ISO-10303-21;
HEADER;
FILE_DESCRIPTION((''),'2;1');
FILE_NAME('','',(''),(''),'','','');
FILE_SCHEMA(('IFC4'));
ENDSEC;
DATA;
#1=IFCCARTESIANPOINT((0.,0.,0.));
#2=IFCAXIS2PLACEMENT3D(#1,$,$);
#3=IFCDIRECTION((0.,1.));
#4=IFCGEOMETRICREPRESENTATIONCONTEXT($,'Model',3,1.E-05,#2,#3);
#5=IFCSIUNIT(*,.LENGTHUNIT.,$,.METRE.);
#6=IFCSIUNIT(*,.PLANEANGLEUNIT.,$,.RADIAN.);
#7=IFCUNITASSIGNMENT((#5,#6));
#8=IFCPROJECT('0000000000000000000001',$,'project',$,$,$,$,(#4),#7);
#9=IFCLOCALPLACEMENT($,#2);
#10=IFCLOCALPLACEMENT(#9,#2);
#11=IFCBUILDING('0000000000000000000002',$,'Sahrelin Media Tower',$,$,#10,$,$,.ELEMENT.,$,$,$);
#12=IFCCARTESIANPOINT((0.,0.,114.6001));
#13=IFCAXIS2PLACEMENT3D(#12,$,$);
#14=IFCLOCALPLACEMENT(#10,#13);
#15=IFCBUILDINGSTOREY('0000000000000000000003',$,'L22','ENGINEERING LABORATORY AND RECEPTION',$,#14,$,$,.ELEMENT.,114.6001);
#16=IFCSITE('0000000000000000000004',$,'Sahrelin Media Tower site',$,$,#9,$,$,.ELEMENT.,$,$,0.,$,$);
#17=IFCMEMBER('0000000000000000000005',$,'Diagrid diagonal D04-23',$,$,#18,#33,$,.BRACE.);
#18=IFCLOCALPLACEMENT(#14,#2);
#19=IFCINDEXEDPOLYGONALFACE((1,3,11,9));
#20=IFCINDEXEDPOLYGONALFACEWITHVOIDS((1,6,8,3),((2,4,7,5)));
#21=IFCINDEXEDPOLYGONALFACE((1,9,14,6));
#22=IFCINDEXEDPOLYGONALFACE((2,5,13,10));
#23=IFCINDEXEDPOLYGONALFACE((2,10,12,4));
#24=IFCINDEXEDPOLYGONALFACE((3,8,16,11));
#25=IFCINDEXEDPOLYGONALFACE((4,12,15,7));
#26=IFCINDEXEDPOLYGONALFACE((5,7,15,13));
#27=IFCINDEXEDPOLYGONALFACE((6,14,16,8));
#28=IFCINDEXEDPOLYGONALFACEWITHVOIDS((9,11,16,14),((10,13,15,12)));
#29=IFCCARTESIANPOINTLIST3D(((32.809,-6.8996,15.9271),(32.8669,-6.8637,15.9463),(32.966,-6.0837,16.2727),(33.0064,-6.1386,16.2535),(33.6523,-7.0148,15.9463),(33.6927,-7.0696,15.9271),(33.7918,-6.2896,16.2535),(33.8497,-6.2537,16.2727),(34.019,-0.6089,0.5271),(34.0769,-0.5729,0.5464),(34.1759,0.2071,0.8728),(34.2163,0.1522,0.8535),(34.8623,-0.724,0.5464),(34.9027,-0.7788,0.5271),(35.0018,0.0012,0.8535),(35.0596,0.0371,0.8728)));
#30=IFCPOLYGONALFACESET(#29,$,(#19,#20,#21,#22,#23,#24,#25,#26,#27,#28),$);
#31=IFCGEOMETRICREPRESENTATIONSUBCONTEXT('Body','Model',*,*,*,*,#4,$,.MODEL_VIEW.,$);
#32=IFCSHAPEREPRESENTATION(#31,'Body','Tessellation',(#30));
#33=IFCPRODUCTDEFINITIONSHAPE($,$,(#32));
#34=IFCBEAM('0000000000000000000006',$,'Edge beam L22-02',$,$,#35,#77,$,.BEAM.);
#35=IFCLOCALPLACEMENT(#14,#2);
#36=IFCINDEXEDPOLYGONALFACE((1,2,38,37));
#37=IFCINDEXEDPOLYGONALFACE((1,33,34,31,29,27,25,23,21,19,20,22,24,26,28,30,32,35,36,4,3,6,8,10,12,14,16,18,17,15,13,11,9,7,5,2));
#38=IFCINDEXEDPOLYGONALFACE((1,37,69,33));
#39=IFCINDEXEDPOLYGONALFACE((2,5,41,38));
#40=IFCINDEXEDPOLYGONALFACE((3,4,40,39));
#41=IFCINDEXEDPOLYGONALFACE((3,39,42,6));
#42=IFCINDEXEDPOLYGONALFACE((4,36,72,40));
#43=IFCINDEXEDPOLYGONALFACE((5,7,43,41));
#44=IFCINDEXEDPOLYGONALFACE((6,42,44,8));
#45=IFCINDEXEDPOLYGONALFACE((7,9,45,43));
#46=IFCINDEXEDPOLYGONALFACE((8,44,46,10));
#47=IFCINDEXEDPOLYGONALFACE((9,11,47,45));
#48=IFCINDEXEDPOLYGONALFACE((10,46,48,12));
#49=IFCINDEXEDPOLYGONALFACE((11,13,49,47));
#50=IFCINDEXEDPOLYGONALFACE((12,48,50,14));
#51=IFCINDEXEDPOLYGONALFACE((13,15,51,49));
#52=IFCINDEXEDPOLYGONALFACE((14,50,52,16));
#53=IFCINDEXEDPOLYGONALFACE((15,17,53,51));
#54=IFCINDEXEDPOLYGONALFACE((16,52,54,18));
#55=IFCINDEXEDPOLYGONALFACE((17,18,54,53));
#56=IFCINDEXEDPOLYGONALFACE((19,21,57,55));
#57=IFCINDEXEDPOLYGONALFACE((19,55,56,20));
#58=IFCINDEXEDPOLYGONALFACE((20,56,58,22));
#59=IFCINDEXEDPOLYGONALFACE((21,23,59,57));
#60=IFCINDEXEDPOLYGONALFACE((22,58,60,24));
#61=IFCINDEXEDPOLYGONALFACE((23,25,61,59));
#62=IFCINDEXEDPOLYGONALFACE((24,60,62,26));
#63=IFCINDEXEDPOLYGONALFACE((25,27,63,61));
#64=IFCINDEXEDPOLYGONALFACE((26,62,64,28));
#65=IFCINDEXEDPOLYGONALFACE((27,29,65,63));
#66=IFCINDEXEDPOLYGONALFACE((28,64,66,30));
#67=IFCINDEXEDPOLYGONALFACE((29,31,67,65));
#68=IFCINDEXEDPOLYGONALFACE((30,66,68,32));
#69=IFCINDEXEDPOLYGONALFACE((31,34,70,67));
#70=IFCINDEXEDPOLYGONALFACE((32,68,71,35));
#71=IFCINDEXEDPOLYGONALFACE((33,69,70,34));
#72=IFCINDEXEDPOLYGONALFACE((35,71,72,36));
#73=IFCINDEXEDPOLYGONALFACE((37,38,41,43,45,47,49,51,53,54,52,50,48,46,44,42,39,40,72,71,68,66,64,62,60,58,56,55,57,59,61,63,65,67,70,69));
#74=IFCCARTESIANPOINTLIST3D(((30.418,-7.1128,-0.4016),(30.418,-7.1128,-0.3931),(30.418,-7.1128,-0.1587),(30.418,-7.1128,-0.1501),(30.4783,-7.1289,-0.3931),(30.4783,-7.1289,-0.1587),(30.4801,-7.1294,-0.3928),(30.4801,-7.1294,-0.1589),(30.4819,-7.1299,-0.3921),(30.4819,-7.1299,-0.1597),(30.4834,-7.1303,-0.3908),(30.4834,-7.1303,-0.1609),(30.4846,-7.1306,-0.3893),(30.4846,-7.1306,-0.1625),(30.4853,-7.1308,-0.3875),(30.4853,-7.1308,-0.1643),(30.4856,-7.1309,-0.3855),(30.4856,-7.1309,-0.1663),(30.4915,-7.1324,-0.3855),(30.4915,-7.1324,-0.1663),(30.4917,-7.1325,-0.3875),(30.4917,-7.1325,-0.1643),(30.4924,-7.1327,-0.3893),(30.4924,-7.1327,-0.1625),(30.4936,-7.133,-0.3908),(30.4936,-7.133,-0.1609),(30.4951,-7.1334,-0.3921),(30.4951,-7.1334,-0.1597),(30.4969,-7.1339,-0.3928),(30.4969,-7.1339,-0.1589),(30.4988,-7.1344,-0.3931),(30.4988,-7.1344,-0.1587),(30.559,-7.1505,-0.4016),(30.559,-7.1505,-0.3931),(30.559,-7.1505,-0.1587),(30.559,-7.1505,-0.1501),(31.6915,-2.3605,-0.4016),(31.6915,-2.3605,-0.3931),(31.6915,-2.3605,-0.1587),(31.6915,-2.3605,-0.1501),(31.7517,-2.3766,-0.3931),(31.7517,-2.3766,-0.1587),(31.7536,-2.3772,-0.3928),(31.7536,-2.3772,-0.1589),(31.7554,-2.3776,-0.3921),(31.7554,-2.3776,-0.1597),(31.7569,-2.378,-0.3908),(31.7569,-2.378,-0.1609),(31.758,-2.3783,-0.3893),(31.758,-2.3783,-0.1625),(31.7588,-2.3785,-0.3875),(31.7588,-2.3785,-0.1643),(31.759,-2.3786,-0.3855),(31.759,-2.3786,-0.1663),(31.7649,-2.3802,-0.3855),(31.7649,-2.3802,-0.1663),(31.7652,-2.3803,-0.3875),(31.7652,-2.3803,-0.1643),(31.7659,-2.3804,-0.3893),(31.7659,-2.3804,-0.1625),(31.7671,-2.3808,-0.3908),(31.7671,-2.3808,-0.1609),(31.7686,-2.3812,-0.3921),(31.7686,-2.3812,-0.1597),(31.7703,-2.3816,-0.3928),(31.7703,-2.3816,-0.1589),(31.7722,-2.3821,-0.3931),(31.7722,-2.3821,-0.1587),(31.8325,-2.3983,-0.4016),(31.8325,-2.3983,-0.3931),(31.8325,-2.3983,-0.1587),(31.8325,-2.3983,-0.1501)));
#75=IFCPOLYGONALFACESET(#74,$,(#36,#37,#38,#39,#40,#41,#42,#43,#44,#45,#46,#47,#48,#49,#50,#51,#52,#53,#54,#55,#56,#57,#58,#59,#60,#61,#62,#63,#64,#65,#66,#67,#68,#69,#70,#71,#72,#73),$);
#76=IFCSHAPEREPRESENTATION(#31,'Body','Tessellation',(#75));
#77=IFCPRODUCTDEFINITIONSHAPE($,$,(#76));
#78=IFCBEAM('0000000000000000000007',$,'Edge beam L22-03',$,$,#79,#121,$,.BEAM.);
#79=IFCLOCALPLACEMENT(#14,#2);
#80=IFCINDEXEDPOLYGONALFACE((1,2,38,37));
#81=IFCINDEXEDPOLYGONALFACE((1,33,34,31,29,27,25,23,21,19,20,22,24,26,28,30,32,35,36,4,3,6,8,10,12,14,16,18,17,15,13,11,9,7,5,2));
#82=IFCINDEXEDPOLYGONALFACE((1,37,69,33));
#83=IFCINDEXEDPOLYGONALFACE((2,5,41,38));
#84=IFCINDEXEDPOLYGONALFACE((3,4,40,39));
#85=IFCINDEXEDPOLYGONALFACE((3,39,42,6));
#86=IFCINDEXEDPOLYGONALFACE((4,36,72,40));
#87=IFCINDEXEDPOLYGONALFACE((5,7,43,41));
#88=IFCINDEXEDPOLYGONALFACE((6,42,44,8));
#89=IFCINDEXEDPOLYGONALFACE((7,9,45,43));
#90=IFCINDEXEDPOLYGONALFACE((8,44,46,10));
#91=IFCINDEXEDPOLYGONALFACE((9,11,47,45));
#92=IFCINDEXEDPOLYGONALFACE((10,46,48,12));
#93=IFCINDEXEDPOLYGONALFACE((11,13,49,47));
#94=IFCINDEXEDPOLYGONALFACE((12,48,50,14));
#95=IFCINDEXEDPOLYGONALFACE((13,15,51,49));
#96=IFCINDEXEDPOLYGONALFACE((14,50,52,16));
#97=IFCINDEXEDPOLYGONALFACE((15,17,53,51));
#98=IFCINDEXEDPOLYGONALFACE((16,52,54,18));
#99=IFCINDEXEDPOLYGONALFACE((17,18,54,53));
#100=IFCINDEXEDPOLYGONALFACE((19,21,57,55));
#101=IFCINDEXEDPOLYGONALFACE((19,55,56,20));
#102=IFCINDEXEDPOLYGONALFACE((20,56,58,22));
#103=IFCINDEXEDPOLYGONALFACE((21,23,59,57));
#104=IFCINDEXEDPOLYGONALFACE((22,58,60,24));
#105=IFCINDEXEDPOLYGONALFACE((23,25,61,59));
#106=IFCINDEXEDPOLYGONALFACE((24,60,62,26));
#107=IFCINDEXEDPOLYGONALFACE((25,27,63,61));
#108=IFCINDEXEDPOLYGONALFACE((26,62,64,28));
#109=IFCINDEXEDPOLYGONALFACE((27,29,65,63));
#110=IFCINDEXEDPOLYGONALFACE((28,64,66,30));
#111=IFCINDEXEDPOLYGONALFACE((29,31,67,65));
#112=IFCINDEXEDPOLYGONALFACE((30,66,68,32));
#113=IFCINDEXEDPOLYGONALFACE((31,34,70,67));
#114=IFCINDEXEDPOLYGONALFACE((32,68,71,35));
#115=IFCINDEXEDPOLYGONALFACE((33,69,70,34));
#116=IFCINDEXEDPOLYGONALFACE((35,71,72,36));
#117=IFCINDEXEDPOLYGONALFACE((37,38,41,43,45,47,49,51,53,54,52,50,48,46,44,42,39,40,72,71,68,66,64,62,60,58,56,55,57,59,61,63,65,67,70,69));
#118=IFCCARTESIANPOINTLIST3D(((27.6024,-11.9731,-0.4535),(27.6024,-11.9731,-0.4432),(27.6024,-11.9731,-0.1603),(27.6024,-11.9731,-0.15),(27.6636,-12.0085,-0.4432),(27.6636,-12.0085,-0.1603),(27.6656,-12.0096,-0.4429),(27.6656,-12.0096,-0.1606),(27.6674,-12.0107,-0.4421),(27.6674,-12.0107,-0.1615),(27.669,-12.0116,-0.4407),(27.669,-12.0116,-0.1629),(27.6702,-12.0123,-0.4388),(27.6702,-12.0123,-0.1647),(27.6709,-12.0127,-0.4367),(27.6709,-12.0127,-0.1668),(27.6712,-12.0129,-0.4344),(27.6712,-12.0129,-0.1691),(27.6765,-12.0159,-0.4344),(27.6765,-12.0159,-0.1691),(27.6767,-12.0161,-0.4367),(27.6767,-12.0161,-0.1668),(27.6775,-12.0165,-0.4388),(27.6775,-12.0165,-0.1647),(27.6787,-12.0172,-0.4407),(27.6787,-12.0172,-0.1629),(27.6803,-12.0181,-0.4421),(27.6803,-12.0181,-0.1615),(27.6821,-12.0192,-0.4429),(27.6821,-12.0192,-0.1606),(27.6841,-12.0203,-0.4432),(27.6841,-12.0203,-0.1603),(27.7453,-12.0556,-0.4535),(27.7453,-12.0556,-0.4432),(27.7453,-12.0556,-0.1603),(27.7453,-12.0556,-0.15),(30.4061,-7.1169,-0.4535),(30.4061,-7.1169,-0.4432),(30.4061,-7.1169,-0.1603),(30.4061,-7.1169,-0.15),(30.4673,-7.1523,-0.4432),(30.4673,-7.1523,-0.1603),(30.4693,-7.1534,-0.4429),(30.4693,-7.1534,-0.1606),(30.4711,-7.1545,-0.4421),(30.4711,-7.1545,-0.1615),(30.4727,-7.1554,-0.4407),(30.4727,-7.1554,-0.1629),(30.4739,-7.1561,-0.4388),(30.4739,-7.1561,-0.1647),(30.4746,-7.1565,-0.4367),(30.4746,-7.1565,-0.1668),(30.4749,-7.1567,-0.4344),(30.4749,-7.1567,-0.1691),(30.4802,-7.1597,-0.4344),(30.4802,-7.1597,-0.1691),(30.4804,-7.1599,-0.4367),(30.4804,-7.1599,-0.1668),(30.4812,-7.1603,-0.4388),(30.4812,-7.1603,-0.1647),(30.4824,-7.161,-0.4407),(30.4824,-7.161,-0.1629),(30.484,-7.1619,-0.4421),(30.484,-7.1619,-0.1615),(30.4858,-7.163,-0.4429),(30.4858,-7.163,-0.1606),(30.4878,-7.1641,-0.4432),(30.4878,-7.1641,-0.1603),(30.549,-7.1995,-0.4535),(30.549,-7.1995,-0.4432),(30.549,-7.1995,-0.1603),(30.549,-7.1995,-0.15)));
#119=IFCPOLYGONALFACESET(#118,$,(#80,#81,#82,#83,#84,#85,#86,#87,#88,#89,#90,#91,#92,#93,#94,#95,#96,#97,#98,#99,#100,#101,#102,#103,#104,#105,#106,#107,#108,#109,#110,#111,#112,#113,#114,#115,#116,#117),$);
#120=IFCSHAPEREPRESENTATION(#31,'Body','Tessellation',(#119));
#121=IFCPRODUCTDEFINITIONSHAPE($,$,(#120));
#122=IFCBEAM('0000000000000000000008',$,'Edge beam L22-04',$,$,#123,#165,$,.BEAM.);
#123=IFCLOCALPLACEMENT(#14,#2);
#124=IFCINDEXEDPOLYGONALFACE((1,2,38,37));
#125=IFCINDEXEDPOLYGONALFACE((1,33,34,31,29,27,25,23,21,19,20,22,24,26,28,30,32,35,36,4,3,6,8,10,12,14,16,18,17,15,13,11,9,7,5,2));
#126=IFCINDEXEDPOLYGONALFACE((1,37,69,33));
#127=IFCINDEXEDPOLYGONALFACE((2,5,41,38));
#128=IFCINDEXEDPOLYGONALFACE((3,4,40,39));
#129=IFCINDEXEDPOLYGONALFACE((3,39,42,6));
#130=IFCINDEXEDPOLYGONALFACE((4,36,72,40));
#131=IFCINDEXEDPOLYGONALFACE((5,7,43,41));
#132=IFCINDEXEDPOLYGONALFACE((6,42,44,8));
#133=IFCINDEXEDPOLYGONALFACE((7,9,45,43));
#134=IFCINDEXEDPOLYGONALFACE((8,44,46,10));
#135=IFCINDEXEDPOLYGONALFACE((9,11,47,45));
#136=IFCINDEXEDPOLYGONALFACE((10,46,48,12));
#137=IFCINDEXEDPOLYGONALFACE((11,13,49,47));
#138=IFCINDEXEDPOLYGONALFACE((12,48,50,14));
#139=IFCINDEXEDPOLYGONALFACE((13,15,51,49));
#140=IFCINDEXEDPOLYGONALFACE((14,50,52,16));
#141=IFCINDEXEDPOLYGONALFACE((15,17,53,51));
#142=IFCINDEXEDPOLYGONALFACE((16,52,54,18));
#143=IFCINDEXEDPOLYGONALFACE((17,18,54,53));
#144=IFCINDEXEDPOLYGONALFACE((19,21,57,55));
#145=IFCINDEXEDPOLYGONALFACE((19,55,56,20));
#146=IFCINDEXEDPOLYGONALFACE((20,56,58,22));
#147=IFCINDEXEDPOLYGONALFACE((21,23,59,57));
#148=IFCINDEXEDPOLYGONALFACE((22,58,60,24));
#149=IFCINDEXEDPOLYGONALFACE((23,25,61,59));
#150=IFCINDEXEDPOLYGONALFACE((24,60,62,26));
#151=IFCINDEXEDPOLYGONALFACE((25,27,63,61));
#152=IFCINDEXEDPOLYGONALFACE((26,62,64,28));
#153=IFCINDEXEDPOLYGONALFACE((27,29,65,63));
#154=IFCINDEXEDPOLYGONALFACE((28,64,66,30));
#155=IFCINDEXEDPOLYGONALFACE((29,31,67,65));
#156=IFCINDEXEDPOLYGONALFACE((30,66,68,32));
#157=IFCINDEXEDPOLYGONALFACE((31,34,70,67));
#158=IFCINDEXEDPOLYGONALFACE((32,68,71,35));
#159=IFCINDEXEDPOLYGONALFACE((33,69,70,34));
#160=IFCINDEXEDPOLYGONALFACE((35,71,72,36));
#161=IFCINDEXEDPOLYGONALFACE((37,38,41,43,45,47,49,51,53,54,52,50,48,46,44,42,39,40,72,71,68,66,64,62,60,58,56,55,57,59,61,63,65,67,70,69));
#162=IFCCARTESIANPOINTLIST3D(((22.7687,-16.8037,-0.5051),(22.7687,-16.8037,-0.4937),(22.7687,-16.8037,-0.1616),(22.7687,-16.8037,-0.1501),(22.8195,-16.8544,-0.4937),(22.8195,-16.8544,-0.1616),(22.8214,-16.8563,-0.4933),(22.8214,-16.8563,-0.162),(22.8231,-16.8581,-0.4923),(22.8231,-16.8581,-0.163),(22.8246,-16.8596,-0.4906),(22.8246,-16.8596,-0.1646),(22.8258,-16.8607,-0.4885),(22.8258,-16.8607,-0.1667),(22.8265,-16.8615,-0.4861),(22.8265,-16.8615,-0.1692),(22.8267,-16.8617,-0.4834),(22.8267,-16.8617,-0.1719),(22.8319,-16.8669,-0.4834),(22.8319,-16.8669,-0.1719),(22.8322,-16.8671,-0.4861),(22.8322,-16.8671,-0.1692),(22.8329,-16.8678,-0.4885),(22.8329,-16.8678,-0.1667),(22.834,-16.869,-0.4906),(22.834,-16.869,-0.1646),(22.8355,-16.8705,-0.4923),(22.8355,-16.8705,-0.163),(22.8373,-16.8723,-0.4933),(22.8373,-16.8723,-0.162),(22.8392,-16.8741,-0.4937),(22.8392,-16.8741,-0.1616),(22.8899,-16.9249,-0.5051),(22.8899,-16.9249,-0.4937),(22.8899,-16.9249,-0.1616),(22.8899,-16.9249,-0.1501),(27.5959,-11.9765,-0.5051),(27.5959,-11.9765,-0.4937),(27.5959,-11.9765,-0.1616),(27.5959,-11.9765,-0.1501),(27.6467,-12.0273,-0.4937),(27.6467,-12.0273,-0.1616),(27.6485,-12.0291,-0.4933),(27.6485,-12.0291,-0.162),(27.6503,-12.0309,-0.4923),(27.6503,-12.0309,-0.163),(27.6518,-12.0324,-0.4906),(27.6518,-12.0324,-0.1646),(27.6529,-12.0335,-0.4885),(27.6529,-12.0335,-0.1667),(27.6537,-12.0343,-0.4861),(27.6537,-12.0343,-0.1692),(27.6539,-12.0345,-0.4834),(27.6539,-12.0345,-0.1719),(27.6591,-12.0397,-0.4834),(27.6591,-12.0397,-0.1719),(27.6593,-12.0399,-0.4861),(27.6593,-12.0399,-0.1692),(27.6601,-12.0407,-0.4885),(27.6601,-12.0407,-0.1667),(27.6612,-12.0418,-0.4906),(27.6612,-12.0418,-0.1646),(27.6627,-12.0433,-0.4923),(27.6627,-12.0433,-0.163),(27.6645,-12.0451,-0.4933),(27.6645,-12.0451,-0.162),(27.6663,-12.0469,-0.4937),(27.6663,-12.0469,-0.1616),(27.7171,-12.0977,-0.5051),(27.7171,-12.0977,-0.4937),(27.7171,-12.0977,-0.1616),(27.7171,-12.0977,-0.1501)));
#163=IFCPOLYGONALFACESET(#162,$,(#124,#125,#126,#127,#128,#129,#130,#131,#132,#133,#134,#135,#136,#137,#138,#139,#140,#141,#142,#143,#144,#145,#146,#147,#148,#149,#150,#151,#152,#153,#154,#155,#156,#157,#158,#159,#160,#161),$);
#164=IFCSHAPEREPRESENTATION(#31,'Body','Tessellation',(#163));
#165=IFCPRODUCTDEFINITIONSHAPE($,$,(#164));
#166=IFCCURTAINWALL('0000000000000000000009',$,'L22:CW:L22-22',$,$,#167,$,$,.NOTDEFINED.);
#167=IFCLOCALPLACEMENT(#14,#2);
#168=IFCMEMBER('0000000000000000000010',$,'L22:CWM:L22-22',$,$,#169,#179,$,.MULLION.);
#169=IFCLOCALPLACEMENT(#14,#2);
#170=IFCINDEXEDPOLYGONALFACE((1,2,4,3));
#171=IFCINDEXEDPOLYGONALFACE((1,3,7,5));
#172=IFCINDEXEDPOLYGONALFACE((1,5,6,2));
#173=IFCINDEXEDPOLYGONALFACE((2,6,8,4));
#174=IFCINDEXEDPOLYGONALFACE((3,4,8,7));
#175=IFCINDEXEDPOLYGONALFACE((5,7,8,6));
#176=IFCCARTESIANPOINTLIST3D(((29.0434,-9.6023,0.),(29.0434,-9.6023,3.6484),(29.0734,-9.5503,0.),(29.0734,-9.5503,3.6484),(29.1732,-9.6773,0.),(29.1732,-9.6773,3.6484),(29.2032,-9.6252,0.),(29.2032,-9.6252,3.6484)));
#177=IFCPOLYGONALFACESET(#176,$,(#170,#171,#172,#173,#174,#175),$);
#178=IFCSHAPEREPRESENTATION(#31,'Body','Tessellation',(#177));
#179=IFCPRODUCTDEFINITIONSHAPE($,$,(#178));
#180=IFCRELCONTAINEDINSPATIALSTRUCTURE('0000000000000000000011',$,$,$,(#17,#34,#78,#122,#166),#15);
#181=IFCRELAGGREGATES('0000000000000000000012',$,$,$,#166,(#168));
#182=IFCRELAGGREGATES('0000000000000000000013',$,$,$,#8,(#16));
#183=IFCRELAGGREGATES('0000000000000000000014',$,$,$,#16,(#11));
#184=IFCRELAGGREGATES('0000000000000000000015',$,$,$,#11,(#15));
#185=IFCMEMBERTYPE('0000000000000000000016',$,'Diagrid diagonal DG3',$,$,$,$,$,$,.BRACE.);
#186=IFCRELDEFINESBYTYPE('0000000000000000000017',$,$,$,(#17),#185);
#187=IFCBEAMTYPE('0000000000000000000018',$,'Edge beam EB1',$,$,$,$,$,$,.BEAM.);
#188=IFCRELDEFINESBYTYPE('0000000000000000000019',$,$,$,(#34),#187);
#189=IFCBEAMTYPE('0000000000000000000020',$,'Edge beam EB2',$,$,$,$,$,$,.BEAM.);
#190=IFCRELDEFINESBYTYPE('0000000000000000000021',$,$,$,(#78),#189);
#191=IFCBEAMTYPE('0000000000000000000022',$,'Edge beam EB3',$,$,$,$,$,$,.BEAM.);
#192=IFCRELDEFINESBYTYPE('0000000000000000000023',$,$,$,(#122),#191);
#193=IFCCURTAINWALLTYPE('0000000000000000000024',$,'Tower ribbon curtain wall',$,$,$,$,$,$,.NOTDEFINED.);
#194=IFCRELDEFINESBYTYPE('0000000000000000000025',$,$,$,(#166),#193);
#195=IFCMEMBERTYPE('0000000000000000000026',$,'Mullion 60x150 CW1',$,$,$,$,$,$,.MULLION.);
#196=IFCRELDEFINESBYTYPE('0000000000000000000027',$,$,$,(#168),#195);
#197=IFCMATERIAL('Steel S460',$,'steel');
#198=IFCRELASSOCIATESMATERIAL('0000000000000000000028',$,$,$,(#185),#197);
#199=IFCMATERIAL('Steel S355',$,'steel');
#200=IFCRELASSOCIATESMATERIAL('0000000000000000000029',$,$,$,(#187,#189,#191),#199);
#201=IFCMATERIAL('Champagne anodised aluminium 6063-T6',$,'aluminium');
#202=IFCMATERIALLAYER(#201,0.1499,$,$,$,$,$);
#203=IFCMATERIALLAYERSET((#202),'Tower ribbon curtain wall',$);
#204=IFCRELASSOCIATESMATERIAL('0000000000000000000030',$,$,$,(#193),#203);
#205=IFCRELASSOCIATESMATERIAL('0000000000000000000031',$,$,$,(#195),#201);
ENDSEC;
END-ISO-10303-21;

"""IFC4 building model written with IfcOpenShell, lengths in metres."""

from ifc_helpers import new_model, si_unit, direction, frame, origin, origin_2d, place, context, subcontext, project, spatial, rectangle, hollow_rectangle, i_section, extrude, material, layer, layer_set, material_profile, profile_set, type_object, element, aggregate, save


model = new_model("IFC4")

# Units and contexts
model_context = context("Model", 3, precision=1e-05, world=origin(), true_north=direction((0.0, 1.0)))
body_context = subcontext(model_context, "Body", "Model", "MODEL_VIEW")
ifc_project = project(units=[si_unit("LENGTHUNIT", "METRE"), si_unit("PLANEANGLEUNIT", "RADIAN")], contexts=[model_context])

# Site, building, storey
site_placement = place(None, origin())
site = spatial("IfcSite", under=ifc_project, at=site_placement, Name="Sahrelin Media Tower site", CompositionType="ELEMENT", RefElevation=0.0)
building_placement = place(site_placement, origin())
building = spatial("IfcBuilding", under=site, at=building_placement, Name="Sahrelin Media Tower", CompositionType="ELEMENT")
storey_placement = place(building_placement, frame((0.0, 0.0, 114.6001)))
storey = spatial("IfcBuildingStorey", under=building, at=storey_placement, Name="L22", Description="ENGINEERING LABORATORY AND RECEPTION", CompositionType="ELEMENT", Elevation=114.6001)

# Member
ifc_material_1 = material(Name="Steel S460", Category="steel")
ifc_material_profile_1 = material_profile(ifc_material_1, hollow_rectangle(XDim=0.8999, YDim=0.8999, WallThickness=0.05, at=origin_2d()), Name="Diagrid diagonal DG3")
ifc_profile_set_1 = profile_set([ifc_material_profile_1], Name="Steel S460")
member_type_1 = type_object("IfcMemberType", Name="Diagrid diagonal DG3", PredefinedType="BRACE", material=ifc_profile_set_1)
member_1_placement = place(storey_placement, frame((34.5393, -0.2859, 0.7), z_axis=(-0.072543, -0.377163, 0.923301), x_axis=(0.982001, -0.188877, 0.0)))
element("IfcMember", 1, at=member_1_placement, inside=storey, type_object=member_type_1, Name="Diagrid diagonal D04-23", PredefinedType="BRACE", context=body_context, shape_type="SweptSolid", body=[
    extrude(hollow_rectangle(XDim=0.8999, YDim=0.8999, WallThickness=0.05, at=origin_2d()), origin(), (0.0, 0.0, 1.0), 16.6792),
])

# Beams
ifc_material_2 = material(Name="Steel S355", Category="steel")
ifc_material_profile_2 = material_profile(ifc_material_2, i_section(OverallWidth=0.146, OverallDepth=0.2515, WebThickness=0.0061, FlangeThickness=0.0085, FilletRadius=0.0076, at=origin_2d()), Name="UB 254x146x31")
ifc_profile_set_2 = profile_set([ifc_material_profile_2], Name="Steel S355")
beam_type_1 = type_object("IfcBeamType", Name="Edge beam EB1", PredefinedType="BEAM", material=ifc_profile_set_2)
beam_1_placement = place(storey_placement, frame((31.762, -2.3794, -0.2759), z_axis=(-0.258836, -0.965921, 0.0), x_axis=(0.965921, -0.258836, 0.0)))
element("IfcBeam", 2, at=beam_1_placement, inside=storey, type_object=beam_type_1, Name="Edge beam L22-02", PredefinedType="BEAM", context=body_context, shape_type="SweptSolid", body=[
    extrude(i_section(OverallWidth=0.146, OverallDepth=0.2515, WebThickness=0.0061, FlangeThickness=0.0085, FilletRadius=0.0076, at=origin_2d()), origin(), (0.0, 0.0, 1.0), 4.9199),
])
ifc_material_profile_3 = material_profile(ifc_material_2, i_section(OverallWidth=0.165, OverallDepth=0.3035, WebThickness=0.0061, FlangeThickness=0.0103, FilletRadius=0.0088, at=origin_2d()), Name="UB 305x165x40")
ifc_profile_set_3 = profile_set([ifc_material_profile_3], Name="Steel S355")
beam_type_2 = type_object("IfcBeamType", Name="Edge beam EB2", PredefinedType="BEAM", material=ifc_profile_set_3)
beam_2_placement = place(storey_placement, frame((30.4775, -7.1582, -0.3018), z_axis=(-0.499998, -0.866027, 0.0), x_axis=(0.866027, -0.499998, 0.0)))
element("IfcBeam", 3, at=beam_2_placement, inside=storey, type_object=beam_type_2, Name="Edge beam L22-03", PredefinedType="BEAM", context=body_context, shape_type="SweptSolid", body=[
    extrude(i_section(OverallWidth=0.165, OverallDepth=0.3035, WebThickness=0.0061, FlangeThickness=0.0103, FilletRadius=0.0088, at=origin_2d()), origin(), (0.0, 0.0, 1.0), 5.6074),
])
ifc_material_profile_4 = material_profile(ifc_material_2, i_section(OverallWidth=0.1714, OverallDepth=0.355, WebThickness=0.0073, FlangeThickness=0.0115, FilletRadius=0.0103, at=origin_2d()), Name="UB 356x171x51")
ifc_profile_set_4 = profile_set([ifc_material_profile_4], Name="Steel S355")
beam_type_3 = type_object("IfcBeamType", Name="Edge beam EB3", PredefinedType="BEAM", material=ifc_profile_set_4)
beam_3_placement = place(storey_placement, frame((27.6565, -12.0371, -0.3276), z_axis=(-0.707107, -0.707107, 0.0), x_axis=(0.707107, -0.707107, 0.0)))
element("IfcBeam", 4, at=beam_3_placement, inside=storey, type_object=beam_type_3, Name="Edge beam L22-04", PredefinedType="BEAM", context=body_context, shape_type="SweptSolid", body=[
    extrude(i_section(OverallWidth=0.1714, OverallDepth=0.355, WebThickness=0.0073, FlangeThickness=0.0115, FilletRadius=0.0103, at=origin_2d()), origin(), (0.0, 0.0, 1.0), 6.8267),
])

# Curtain wall, member
ifc_material_3 = material(Name="Champagne anodised aluminium 6063-T6", Category="aluminium")
ifc_layer_1 = layer(ifc_material_3, 0.1499)
ifc_layer_set_1 = layer_set([ifc_layer_1], Name="Tower ribbon curtain wall")
curtain_wall_type = type_object("IfcCurtainWallType", Name="Tower ribbon curtain wall", PredefinedType="NOTDEFINED", material=ifc_layer_set_1)
curtain_wall_1_placement = place(storey_placement, frame((29.2058, -9.6614, 0.0), z_axis=(0.0, 0.0, 1.0), x_axis=(1.0, 0.0, 0.0)))
curtain_wall_1 = element("IfcCurtainWall", 5, at=curtain_wall_1_placement, inside=storey, type_object=curtain_wall_type, Name="L22:CW:L22-22", PredefinedType="NOTDEFINED")
ifc_material_profile_5 = material_profile(ifc_material_3, rectangle(XDim=0.0601, YDim=0.1499, at=origin_2d()), Name="Mullion 60x150")
ifc_profile_set_5 = profile_set([ifc_material_profile_5], Name="Champagne anodised aluminium 6063-T6")
member_type_2 = type_object("IfcMemberType", Name="Mullion 60x150 CW1", PredefinedType="MULLION", material=ifc_profile_set_5)
member_2_placement = place(storey_placement, frame((29.1233, -9.6138, 0.0), z_axis=(0.0, 0.0, 1.0), x_axis=(0.499991, 0.866031, 0.0)))
member_2 = element("IfcMember", 6, at=member_2_placement, type_object=member_type_2, Name="L22:CWM:L22-22", PredefinedType="MULLION", context=body_context, shape_type="SweptSolid", body=[
    extrude(rectangle(XDim=0.0601, YDim=0.1499, at=origin_2d()), origin(), (0.0, 0.0, 1.0), 3.6484),
])

aggregate(curtain_wall_1, [member_2])

save(model, "model.ifc")
